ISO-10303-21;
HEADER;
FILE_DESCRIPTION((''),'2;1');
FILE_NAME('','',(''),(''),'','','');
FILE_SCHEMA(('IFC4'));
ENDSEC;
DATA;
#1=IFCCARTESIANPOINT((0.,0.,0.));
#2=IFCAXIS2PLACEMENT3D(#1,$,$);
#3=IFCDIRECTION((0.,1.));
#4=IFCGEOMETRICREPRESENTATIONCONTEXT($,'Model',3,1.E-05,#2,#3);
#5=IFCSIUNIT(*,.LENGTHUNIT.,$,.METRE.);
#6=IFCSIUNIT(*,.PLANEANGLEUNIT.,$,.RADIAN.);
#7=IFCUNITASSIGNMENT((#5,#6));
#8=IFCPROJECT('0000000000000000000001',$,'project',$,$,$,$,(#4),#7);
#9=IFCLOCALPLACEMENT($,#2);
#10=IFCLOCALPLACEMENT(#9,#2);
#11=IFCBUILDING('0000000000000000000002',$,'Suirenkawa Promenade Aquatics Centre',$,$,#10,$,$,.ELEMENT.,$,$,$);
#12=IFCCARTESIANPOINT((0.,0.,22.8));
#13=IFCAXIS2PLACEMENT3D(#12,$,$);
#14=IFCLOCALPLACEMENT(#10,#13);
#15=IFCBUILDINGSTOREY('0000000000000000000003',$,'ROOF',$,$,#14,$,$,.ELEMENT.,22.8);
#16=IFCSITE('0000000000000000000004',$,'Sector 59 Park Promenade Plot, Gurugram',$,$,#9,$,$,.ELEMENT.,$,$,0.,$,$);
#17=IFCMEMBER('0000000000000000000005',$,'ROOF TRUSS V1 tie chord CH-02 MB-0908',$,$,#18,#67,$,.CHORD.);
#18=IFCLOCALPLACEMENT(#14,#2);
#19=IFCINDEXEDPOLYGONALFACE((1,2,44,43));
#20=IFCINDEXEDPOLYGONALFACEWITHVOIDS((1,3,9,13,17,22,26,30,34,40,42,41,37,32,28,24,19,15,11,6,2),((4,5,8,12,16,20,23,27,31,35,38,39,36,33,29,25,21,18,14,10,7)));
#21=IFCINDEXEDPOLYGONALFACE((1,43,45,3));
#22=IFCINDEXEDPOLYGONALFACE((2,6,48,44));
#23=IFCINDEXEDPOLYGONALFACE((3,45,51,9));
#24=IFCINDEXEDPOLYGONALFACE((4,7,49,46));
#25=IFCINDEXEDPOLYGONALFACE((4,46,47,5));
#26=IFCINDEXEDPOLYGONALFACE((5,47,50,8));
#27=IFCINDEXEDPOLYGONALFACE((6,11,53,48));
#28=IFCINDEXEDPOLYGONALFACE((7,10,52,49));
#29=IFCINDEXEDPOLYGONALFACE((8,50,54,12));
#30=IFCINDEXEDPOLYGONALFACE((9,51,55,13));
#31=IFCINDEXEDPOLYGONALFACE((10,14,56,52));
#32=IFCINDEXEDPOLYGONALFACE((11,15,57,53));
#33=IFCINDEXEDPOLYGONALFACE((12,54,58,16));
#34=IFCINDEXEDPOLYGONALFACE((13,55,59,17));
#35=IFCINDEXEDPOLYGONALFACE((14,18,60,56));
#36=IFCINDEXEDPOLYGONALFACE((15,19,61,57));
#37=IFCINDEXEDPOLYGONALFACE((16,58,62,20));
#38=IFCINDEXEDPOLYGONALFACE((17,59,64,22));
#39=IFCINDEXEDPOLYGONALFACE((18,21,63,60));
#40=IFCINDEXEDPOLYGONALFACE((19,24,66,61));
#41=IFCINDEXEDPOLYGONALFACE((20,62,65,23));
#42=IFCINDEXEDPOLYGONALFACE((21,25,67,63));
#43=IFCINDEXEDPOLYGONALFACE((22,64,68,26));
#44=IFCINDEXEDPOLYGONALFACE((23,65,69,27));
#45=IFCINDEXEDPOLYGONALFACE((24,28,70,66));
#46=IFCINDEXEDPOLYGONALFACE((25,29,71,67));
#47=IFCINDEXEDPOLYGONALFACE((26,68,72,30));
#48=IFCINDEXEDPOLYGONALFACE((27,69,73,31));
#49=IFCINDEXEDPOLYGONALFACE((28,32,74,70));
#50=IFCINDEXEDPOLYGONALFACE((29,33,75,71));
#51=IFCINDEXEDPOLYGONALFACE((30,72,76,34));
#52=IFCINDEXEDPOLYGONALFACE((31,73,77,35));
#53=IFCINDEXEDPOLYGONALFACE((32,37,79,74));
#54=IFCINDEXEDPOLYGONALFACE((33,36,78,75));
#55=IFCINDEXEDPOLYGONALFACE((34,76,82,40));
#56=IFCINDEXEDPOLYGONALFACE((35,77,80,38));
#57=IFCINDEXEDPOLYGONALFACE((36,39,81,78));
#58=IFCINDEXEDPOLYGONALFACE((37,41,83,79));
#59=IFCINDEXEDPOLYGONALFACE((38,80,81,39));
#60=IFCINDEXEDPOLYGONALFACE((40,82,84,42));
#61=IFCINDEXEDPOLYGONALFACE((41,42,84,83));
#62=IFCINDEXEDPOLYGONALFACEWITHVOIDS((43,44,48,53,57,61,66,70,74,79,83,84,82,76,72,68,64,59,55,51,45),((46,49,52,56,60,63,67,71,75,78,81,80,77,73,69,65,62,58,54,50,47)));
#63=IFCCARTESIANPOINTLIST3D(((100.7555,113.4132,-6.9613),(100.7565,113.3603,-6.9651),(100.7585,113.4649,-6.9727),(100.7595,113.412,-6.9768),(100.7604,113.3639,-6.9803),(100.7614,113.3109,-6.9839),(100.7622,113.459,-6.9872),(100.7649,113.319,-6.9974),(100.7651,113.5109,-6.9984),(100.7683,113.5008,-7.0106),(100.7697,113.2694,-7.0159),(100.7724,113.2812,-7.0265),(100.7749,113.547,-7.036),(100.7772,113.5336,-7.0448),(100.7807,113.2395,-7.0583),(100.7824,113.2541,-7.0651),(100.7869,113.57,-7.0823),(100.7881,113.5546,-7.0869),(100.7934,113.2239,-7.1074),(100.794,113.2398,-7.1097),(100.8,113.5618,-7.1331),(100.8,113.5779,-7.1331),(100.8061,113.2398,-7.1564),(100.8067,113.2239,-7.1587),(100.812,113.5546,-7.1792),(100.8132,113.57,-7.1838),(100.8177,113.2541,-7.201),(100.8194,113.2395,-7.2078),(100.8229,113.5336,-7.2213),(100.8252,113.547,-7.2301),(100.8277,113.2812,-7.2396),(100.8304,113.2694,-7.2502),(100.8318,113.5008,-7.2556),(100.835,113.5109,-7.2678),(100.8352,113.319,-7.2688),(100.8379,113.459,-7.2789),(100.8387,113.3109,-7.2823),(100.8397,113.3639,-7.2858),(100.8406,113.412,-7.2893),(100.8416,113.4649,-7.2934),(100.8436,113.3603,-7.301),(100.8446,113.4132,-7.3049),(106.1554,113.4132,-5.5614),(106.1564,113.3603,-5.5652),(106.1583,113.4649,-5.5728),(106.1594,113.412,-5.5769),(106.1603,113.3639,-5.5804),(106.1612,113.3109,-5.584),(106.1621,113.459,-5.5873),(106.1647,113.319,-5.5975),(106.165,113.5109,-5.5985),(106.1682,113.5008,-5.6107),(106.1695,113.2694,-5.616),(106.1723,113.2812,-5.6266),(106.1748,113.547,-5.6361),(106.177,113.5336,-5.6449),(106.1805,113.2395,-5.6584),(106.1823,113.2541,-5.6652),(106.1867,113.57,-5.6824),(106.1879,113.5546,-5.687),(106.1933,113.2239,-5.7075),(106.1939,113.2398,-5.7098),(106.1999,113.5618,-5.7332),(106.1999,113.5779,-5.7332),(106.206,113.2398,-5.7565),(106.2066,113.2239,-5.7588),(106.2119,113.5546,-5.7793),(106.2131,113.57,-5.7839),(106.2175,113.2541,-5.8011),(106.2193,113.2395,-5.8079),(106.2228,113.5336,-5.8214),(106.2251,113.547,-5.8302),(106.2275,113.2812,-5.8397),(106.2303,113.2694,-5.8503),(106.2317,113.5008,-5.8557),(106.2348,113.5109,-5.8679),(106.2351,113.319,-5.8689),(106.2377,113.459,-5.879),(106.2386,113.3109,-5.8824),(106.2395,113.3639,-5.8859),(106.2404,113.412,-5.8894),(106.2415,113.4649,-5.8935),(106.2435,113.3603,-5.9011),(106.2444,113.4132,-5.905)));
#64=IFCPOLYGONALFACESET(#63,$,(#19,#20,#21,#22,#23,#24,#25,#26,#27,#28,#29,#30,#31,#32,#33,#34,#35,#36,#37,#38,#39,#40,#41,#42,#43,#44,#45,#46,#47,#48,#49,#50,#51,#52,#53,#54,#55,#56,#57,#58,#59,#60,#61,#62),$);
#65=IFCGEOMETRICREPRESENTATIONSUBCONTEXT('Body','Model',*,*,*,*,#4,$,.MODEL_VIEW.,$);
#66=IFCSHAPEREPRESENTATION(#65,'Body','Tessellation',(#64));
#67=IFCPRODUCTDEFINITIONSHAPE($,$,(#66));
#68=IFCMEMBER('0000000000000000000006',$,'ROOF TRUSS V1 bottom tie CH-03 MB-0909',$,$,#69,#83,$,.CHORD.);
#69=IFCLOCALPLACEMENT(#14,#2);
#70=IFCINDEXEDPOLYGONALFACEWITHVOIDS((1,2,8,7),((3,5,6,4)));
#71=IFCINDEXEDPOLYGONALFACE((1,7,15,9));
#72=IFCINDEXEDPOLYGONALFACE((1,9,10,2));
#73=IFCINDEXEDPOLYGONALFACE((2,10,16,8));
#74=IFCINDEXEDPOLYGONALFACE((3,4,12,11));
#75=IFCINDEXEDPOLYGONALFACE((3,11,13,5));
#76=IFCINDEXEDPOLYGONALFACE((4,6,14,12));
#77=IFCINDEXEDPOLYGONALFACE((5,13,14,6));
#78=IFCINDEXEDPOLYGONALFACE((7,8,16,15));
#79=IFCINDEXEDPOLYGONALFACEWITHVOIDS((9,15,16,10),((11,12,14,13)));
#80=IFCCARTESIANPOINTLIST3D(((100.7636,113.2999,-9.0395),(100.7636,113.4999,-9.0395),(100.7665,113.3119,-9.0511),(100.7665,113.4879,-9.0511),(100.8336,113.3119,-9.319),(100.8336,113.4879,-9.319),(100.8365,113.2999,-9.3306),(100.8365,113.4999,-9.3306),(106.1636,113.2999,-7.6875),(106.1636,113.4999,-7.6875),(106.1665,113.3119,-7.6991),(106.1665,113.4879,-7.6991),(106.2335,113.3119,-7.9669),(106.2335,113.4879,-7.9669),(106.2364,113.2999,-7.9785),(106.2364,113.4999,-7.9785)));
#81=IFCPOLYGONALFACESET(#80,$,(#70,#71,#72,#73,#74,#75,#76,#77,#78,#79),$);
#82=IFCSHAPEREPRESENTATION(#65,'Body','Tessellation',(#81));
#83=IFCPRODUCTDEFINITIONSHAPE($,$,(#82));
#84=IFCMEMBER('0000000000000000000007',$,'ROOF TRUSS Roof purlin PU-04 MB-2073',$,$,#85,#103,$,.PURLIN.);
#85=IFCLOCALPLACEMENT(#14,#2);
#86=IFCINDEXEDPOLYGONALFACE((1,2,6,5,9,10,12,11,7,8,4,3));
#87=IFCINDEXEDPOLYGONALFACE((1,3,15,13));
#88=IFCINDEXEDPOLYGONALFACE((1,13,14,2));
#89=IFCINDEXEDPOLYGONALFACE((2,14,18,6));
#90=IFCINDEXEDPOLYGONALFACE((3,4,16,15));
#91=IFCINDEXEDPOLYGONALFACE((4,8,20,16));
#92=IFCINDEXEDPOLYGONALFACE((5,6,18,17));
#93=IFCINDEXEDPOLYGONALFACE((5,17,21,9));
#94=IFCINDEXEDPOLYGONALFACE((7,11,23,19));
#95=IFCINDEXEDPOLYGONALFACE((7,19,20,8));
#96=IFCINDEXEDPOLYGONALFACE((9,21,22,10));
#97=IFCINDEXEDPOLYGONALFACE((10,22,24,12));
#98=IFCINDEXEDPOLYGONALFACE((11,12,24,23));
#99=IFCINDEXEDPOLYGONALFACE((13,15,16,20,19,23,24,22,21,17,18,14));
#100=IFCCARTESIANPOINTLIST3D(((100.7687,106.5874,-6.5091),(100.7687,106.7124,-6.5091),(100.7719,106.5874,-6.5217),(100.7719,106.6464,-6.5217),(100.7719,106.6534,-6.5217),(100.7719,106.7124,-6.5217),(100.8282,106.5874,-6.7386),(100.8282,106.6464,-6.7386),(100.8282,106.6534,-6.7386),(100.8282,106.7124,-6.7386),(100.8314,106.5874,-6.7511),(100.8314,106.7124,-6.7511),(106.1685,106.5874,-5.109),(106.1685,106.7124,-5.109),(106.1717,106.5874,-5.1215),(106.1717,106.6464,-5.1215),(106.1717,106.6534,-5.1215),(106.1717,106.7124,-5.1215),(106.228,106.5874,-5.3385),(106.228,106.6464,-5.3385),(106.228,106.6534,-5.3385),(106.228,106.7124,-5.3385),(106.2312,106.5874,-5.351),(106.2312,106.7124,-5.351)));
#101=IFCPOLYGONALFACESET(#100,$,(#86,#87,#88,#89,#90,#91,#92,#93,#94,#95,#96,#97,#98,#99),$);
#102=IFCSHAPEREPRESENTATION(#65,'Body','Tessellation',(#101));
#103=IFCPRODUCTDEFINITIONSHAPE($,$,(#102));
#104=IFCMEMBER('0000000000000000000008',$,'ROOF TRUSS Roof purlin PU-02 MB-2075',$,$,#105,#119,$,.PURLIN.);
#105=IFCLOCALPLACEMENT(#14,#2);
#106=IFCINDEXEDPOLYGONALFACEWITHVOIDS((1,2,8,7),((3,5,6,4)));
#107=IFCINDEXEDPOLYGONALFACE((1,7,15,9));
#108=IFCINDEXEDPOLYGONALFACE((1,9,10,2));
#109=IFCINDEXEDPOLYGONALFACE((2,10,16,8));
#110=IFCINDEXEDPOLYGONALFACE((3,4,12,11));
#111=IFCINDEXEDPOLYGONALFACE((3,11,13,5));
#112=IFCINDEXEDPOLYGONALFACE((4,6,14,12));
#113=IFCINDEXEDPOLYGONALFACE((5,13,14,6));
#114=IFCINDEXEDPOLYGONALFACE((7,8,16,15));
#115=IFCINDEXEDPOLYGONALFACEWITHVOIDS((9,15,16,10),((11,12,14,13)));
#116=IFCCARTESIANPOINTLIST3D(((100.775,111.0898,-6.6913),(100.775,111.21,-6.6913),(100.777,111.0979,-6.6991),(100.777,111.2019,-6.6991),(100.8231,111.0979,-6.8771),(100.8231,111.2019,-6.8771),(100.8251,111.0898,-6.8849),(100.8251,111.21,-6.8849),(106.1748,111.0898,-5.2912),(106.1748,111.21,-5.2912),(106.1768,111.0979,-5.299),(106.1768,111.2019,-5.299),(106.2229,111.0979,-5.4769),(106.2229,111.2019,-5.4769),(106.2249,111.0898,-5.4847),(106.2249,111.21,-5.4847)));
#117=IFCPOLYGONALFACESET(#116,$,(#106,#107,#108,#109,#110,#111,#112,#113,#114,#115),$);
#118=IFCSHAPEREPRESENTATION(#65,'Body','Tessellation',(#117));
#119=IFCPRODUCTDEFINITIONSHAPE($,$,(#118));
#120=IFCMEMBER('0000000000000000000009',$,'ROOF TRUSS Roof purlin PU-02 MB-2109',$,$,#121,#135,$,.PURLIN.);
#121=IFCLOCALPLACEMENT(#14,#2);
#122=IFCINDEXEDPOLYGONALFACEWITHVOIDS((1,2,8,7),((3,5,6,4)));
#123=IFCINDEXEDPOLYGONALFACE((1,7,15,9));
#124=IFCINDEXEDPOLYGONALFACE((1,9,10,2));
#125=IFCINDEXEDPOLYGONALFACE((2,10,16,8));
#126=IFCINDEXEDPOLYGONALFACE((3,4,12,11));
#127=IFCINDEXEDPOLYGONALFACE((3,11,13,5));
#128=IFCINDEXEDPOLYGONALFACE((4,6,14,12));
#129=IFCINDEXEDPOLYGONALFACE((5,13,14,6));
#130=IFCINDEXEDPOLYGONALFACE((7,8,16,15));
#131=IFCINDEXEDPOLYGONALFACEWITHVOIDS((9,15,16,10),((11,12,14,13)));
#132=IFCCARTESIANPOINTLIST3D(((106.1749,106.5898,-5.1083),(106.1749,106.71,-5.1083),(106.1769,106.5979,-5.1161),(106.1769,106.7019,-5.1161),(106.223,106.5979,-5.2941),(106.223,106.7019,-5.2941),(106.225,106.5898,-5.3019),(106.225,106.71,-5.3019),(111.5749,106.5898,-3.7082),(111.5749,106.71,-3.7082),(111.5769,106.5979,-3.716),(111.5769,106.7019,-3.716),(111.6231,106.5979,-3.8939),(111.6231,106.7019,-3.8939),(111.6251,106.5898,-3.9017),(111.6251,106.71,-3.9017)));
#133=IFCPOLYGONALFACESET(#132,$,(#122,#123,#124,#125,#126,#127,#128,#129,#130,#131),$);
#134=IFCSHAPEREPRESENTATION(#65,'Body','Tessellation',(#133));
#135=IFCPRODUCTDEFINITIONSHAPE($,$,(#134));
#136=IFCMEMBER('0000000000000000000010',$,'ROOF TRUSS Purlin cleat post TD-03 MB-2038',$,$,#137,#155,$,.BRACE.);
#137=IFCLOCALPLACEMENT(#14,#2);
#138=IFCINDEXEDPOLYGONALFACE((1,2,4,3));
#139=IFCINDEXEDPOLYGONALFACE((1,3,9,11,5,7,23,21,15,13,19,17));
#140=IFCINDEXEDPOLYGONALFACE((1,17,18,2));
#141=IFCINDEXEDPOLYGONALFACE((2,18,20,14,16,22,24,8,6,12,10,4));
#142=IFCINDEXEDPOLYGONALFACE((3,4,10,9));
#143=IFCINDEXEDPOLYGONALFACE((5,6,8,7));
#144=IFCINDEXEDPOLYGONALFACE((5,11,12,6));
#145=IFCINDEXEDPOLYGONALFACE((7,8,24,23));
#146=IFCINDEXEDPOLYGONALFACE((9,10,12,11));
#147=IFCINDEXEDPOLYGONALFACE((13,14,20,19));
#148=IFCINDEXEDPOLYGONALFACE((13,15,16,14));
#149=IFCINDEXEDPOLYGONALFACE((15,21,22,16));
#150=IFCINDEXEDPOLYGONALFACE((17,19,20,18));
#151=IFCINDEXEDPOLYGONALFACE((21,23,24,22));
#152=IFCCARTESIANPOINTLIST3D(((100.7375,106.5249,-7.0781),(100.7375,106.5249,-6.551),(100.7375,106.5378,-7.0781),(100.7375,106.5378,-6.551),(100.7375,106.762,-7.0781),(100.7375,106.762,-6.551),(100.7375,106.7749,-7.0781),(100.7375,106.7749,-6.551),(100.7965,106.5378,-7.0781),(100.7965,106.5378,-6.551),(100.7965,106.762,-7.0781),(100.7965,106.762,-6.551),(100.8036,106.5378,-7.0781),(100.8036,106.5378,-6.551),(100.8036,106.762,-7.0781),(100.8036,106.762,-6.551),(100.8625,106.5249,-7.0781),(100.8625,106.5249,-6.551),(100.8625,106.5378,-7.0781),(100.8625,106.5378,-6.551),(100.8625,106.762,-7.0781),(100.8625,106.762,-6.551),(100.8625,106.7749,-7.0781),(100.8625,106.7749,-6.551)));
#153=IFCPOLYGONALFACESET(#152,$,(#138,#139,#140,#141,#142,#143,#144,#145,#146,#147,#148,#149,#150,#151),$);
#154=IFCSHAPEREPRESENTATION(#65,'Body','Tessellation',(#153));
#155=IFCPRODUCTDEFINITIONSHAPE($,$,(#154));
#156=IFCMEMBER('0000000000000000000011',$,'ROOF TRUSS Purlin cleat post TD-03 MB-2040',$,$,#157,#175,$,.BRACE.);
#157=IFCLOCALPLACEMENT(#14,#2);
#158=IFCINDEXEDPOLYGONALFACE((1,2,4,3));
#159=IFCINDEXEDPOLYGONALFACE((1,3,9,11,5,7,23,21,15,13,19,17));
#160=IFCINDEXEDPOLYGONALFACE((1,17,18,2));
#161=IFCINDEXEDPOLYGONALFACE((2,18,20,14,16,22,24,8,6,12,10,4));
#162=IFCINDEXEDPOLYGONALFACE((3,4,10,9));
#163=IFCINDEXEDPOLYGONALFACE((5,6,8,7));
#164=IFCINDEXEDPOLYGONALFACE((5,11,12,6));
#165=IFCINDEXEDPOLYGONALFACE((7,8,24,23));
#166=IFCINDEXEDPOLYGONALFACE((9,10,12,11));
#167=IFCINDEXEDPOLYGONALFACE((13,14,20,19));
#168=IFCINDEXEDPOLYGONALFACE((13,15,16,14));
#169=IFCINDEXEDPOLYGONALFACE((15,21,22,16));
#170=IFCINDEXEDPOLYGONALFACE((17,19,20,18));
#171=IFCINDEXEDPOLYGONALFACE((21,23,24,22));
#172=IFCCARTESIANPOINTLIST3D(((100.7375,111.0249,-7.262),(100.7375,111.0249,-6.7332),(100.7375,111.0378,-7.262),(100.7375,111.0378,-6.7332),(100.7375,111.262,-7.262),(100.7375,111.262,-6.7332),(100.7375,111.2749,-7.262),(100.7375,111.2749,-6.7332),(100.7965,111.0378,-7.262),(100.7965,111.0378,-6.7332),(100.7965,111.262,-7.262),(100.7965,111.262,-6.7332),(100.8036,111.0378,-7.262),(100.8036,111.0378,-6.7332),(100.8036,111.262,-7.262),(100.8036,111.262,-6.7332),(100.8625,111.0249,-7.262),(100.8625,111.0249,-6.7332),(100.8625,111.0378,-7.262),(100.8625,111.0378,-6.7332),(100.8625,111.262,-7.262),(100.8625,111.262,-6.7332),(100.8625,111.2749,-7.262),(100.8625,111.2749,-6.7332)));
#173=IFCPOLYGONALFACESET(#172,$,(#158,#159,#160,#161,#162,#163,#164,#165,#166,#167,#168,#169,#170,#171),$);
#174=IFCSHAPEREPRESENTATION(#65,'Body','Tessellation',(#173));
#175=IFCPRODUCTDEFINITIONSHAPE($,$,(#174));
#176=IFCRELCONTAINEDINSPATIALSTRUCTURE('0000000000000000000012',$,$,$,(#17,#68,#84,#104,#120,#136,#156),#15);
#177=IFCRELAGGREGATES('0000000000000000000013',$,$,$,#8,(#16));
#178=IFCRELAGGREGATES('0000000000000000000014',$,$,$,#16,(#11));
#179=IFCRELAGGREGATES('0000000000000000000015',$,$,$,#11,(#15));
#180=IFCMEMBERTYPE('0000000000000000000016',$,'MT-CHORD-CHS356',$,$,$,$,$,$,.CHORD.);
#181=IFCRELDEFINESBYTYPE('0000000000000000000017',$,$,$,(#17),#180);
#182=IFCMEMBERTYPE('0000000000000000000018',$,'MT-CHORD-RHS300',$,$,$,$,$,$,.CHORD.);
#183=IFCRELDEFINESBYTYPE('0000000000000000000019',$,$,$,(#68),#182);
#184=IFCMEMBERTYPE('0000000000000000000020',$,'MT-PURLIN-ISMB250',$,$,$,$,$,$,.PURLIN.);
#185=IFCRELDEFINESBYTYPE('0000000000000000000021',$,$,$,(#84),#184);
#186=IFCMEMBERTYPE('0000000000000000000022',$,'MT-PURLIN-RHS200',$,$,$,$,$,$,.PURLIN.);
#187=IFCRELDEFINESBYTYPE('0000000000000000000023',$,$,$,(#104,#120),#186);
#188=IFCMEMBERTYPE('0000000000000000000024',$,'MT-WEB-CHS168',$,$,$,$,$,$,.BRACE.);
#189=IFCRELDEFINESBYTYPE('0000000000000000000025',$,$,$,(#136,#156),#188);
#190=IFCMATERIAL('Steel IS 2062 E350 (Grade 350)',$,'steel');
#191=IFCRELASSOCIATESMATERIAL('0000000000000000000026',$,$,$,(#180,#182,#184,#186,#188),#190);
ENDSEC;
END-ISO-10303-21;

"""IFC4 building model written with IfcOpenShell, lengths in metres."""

from ifc_helpers import new_model, si_unit, direction, frame, origin, origin_2d, place, context, subcontext, project, spatial, hollow_rectangle, hollow_circle, i_section, extrude, material, material_profile, profile_set, type_object, element, save


model = new_model("IFC4")

# Units and contexts
model_context = context("Model", 3, precision=1e-05, world=origin(), true_north=direction((0.0, 1.0)))
body_context = subcontext(model_context, "Body", "Model", "MODEL_VIEW")
ifc_project = project(units=[si_unit("LENGTHUNIT", "METRE"), si_unit("PLANEANGLEUNIT", "RADIAN")], contexts=[model_context])

# Site, building, storey
site_placement = place(None, origin())
site = spatial("IfcSite", under=ifc_project, at=site_placement, Name="Sector 59 Park Promenade Plot, Gurugram", CompositionType="ELEMENT", RefElevation=0.0)
building_placement = place(site_placement, origin())
building = spatial("IfcBuilding", under=site, at=building_placement, Name="Suirenkawa Promenade Aquatics Centre", CompositionType="ELEMENT")
storey_placement = place(building_placement, frame((0.0, 0.0, 22.8)))
storey = spatial("IfcBuildingStorey", under=building, at=storey_placement, Name="ROOF", CompositionType="ELEMENT", Elevation=22.8)

# Shared definitions
ifc_material = material(Name="Steel IS 2062 E350 (Grade 350)", Category="steel")

# Members
ifc_material_profile_1 = material_profile(ifc_material, hollow_circle(Radius=0.178, WallThickness=0.0161, at=origin_2d()), Name="CHS 356x16", Category="steel")
ifc_profile_set_1 = profile_set([ifc_material_profile_1], Name="Steel IS 2062 E350 (Grade 350)")
member_type_1 = type_object("IfcMemberType", Name="MT-CHORD-CHS356", PredefinedType="CHORD", material=ifc_profile_set_1)
member_1_placement = place(storey_placement, frame((100.8, 113.3999, -7.1331), z_axis=(0.968, 0.0, 0.25095), x_axis=(0.0, 1.0, 0.0)))
element("IfcMember", 1, at=member_1_placement, inside=storey, type_object=member_type_1, Name="ROOF TRUSS V1 tie chord CH-02 MB-0908", PredefinedType="CHORD", context=body_context, shape_type="SweptSolid", body=[
    extrude(hollow_circle(Radius=0.178, WallThickness=0.0161, at=origin_2d()), origin(), (0.0, 0.0, 1.0), 5.5784),
])
ifc_material_profile_2 = material_profile(ifc_material, hollow_rectangle(XDim=0.2, YDim=0.3, WallThickness=0.012, at=origin_2d()), Name="RHS 300x200x12", Category="steel")
ifc_profile_set_2 = profile_set([ifc_material_profile_2], Name="Steel IS 2062 E350 (Grade 350)")
member_type_2 = type_object("IfcMemberType", Name="MT-CHORD-RHS300", PredefinedType="CHORD", material=ifc_profile_set_2)
member_2_placement = place(storey_placement, frame((100.8, 113.3999, -9.1851), z_axis=(0.970055, 0.0, 0.242886), x_axis=(0.0, 1.0, 0.0)))
element("IfcMember", 2, at=member_2_placement, inside=storey, type_object=member_type_2, Name="ROOF TRUSS V1 bottom tie CH-03 MB-0909", PredefinedType="CHORD", context=body_context, shape_type="SweptSolid", body=[
    extrude(hollow_rectangle(XDim=0.2, YDim=0.3, WallThickness=0.012, at=origin_2d()), origin(), (0.0, 0.0, 1.0), 5.5667),
])
ifc_material_profile_3 = material_profile(ifc_material, i_section(OverallWidth=0.125, OverallDepth=0.25, WebThickness=0.0071, FlangeThickness=0.0129, at=origin_2d()), Name="ISMB 250", Category="steel")
ifc_profile_set_3 = profile_set([ifc_material_profile_3], Name="Steel IS 2062 E350 (Grade 350)")
member_type_3 = type_object("IfcMemberType", Name="MT-PURLIN-ISMB250", PredefinedType="PURLIN", material=ifc_profile_set_3)
member_3_placement = place(storey_placement, frame((100.8, 106.6499, -6.6301), z_axis=(0.967989, 0.0, 0.250991), x_axis=(0.0, 1.0, 0.0)))
element("IfcMember", 3, at=member_3_placement, inside=storey, type_object=member_type_3, Name="ROOF TRUSS Roof purlin PU-04 MB-2073", PredefinedType="PURLIN", context=body_context, shape_type="SweptSolid", body=[
    extrude(i_section(OverallWidth=0.125, OverallDepth=0.25, WebThickness=0.0071, FlangeThickness=0.0129, at=origin_2d()), origin(), (0.0, 0.0, 1.0), 5.5784),
])
ifc_material_profile_4 = material_profile(ifc_material, hollow_rectangle(XDim=0.1201, YDim=0.2, WallThickness=0.0081, at=origin_2d()), Name="RHS 200x120x8", Category="steel")
ifc_profile_set_4 = profile_set([ifc_material_profile_4], Name="Steel IS 2062 E350 (Grade 350)")
member_type_4 = type_object("IfcMemberType", Name="MT-PURLIN-RHS200", PredefinedType="PURLIN", material=ifc_profile_set_4)
member_4_placement = place(storey_placement, frame((100.8, 111.1499, -6.7881), z_axis=(0.967989, 0.0, 0.250991), x_axis=(0.0, 1.0, 0.0)))
element("IfcMember", 4, at=member_4_placement, inside=storey, type_object=member_type_4, Name="ROOF TRUSS Roof purlin PU-02 MB-2075", PredefinedType="PURLIN", context=body_context, shape_type="SweptSolid", body=[
    extrude(hollow_rectangle(XDim=0.1201, YDim=0.2, WallThickness=0.0081, at=origin_2d()), origin(), (0.0, 0.0, 1.0), 5.5784),
])
member_5_placement = place(storey_placement, frame((106.2, 106.6499, -5.2051), z_axis=(0.967992, 0.0, 0.25098), x_axis=(0.0, 1.0, 0.0)))
element("IfcMember", 5, at=member_5_placement, inside=storey, type_object=member_type_4, Name="ROOF TRUSS Roof purlin PU-02 MB-2109", PredefinedType="PURLIN", context=body_context, shape_type="SweptSolid", body=[
    extrude(hollow_rectangle(XDim=0.1201, YDim=0.2, WallThickness=0.0081, at=origin_2d()), origin(), (0.0, 0.0, 1.0), 5.5786),
])
ifc_material_profile_5 = material_profile(ifc_material, i_section(OverallWidth=0.125, OverallDepth=0.25, WebThickness=0.0071, FlangeThickness=0.0129, at=origin_2d()), Name="ISMB 250", Category="steel")
ifc_profile_set_5 = profile_set([ifc_material_profile_5], Name="Steel IS 2062 E350 (Grade 350)")
member_type_5 = type_object("IfcMemberType", Name="MT-WEB-CHS168", PredefinedType="BRACE", material=ifc_profile_set_5)
member_6_placement = place(storey_placement, frame((100.8, 106.6499, -7.0781), z_axis=(0.0, 0.0, 1.0), x_axis=(1.0, 0.0, 0.0)))
element("IfcMember", 6, at=member_6_placement, inside=storey, type_object=member_type_5, Name="ROOF TRUSS Purlin cleat post TD-03 MB-2038", PredefinedType="BRACE", context=body_context, shape_type="SweptSolid", body=[
    extrude(i_section(OverallWidth=0.125, OverallDepth=0.25, WebThickness=0.0071, FlangeThickness=0.0129, at=origin_2d()), origin(), (0.0, 0.0, 1.0), 0.5271),
])
member_7_placement = place(storey_placement, frame((100.8, 111.1499, -7.262), z_axis=(0.0, 0.0, 1.0), x_axis=(1.0, 0.0, 0.0)))
element("IfcMember", 7, at=member_7_placement, inside=storey, type_object=member_type_5, Name="ROOF TRUSS Purlin cleat post TD-03 MB-2040", PredefinedType="BRACE", context=body_context, shape_type="SweptSolid", body=[
    extrude(i_section(OverallWidth=0.125, OverallDepth=0.25, WebThickness=0.0071, FlangeThickness=0.0129, at=origin_2d()), origin(), (0.0, 0.0, 1.0), 0.5288),
])

save(model, "model.ifc")
